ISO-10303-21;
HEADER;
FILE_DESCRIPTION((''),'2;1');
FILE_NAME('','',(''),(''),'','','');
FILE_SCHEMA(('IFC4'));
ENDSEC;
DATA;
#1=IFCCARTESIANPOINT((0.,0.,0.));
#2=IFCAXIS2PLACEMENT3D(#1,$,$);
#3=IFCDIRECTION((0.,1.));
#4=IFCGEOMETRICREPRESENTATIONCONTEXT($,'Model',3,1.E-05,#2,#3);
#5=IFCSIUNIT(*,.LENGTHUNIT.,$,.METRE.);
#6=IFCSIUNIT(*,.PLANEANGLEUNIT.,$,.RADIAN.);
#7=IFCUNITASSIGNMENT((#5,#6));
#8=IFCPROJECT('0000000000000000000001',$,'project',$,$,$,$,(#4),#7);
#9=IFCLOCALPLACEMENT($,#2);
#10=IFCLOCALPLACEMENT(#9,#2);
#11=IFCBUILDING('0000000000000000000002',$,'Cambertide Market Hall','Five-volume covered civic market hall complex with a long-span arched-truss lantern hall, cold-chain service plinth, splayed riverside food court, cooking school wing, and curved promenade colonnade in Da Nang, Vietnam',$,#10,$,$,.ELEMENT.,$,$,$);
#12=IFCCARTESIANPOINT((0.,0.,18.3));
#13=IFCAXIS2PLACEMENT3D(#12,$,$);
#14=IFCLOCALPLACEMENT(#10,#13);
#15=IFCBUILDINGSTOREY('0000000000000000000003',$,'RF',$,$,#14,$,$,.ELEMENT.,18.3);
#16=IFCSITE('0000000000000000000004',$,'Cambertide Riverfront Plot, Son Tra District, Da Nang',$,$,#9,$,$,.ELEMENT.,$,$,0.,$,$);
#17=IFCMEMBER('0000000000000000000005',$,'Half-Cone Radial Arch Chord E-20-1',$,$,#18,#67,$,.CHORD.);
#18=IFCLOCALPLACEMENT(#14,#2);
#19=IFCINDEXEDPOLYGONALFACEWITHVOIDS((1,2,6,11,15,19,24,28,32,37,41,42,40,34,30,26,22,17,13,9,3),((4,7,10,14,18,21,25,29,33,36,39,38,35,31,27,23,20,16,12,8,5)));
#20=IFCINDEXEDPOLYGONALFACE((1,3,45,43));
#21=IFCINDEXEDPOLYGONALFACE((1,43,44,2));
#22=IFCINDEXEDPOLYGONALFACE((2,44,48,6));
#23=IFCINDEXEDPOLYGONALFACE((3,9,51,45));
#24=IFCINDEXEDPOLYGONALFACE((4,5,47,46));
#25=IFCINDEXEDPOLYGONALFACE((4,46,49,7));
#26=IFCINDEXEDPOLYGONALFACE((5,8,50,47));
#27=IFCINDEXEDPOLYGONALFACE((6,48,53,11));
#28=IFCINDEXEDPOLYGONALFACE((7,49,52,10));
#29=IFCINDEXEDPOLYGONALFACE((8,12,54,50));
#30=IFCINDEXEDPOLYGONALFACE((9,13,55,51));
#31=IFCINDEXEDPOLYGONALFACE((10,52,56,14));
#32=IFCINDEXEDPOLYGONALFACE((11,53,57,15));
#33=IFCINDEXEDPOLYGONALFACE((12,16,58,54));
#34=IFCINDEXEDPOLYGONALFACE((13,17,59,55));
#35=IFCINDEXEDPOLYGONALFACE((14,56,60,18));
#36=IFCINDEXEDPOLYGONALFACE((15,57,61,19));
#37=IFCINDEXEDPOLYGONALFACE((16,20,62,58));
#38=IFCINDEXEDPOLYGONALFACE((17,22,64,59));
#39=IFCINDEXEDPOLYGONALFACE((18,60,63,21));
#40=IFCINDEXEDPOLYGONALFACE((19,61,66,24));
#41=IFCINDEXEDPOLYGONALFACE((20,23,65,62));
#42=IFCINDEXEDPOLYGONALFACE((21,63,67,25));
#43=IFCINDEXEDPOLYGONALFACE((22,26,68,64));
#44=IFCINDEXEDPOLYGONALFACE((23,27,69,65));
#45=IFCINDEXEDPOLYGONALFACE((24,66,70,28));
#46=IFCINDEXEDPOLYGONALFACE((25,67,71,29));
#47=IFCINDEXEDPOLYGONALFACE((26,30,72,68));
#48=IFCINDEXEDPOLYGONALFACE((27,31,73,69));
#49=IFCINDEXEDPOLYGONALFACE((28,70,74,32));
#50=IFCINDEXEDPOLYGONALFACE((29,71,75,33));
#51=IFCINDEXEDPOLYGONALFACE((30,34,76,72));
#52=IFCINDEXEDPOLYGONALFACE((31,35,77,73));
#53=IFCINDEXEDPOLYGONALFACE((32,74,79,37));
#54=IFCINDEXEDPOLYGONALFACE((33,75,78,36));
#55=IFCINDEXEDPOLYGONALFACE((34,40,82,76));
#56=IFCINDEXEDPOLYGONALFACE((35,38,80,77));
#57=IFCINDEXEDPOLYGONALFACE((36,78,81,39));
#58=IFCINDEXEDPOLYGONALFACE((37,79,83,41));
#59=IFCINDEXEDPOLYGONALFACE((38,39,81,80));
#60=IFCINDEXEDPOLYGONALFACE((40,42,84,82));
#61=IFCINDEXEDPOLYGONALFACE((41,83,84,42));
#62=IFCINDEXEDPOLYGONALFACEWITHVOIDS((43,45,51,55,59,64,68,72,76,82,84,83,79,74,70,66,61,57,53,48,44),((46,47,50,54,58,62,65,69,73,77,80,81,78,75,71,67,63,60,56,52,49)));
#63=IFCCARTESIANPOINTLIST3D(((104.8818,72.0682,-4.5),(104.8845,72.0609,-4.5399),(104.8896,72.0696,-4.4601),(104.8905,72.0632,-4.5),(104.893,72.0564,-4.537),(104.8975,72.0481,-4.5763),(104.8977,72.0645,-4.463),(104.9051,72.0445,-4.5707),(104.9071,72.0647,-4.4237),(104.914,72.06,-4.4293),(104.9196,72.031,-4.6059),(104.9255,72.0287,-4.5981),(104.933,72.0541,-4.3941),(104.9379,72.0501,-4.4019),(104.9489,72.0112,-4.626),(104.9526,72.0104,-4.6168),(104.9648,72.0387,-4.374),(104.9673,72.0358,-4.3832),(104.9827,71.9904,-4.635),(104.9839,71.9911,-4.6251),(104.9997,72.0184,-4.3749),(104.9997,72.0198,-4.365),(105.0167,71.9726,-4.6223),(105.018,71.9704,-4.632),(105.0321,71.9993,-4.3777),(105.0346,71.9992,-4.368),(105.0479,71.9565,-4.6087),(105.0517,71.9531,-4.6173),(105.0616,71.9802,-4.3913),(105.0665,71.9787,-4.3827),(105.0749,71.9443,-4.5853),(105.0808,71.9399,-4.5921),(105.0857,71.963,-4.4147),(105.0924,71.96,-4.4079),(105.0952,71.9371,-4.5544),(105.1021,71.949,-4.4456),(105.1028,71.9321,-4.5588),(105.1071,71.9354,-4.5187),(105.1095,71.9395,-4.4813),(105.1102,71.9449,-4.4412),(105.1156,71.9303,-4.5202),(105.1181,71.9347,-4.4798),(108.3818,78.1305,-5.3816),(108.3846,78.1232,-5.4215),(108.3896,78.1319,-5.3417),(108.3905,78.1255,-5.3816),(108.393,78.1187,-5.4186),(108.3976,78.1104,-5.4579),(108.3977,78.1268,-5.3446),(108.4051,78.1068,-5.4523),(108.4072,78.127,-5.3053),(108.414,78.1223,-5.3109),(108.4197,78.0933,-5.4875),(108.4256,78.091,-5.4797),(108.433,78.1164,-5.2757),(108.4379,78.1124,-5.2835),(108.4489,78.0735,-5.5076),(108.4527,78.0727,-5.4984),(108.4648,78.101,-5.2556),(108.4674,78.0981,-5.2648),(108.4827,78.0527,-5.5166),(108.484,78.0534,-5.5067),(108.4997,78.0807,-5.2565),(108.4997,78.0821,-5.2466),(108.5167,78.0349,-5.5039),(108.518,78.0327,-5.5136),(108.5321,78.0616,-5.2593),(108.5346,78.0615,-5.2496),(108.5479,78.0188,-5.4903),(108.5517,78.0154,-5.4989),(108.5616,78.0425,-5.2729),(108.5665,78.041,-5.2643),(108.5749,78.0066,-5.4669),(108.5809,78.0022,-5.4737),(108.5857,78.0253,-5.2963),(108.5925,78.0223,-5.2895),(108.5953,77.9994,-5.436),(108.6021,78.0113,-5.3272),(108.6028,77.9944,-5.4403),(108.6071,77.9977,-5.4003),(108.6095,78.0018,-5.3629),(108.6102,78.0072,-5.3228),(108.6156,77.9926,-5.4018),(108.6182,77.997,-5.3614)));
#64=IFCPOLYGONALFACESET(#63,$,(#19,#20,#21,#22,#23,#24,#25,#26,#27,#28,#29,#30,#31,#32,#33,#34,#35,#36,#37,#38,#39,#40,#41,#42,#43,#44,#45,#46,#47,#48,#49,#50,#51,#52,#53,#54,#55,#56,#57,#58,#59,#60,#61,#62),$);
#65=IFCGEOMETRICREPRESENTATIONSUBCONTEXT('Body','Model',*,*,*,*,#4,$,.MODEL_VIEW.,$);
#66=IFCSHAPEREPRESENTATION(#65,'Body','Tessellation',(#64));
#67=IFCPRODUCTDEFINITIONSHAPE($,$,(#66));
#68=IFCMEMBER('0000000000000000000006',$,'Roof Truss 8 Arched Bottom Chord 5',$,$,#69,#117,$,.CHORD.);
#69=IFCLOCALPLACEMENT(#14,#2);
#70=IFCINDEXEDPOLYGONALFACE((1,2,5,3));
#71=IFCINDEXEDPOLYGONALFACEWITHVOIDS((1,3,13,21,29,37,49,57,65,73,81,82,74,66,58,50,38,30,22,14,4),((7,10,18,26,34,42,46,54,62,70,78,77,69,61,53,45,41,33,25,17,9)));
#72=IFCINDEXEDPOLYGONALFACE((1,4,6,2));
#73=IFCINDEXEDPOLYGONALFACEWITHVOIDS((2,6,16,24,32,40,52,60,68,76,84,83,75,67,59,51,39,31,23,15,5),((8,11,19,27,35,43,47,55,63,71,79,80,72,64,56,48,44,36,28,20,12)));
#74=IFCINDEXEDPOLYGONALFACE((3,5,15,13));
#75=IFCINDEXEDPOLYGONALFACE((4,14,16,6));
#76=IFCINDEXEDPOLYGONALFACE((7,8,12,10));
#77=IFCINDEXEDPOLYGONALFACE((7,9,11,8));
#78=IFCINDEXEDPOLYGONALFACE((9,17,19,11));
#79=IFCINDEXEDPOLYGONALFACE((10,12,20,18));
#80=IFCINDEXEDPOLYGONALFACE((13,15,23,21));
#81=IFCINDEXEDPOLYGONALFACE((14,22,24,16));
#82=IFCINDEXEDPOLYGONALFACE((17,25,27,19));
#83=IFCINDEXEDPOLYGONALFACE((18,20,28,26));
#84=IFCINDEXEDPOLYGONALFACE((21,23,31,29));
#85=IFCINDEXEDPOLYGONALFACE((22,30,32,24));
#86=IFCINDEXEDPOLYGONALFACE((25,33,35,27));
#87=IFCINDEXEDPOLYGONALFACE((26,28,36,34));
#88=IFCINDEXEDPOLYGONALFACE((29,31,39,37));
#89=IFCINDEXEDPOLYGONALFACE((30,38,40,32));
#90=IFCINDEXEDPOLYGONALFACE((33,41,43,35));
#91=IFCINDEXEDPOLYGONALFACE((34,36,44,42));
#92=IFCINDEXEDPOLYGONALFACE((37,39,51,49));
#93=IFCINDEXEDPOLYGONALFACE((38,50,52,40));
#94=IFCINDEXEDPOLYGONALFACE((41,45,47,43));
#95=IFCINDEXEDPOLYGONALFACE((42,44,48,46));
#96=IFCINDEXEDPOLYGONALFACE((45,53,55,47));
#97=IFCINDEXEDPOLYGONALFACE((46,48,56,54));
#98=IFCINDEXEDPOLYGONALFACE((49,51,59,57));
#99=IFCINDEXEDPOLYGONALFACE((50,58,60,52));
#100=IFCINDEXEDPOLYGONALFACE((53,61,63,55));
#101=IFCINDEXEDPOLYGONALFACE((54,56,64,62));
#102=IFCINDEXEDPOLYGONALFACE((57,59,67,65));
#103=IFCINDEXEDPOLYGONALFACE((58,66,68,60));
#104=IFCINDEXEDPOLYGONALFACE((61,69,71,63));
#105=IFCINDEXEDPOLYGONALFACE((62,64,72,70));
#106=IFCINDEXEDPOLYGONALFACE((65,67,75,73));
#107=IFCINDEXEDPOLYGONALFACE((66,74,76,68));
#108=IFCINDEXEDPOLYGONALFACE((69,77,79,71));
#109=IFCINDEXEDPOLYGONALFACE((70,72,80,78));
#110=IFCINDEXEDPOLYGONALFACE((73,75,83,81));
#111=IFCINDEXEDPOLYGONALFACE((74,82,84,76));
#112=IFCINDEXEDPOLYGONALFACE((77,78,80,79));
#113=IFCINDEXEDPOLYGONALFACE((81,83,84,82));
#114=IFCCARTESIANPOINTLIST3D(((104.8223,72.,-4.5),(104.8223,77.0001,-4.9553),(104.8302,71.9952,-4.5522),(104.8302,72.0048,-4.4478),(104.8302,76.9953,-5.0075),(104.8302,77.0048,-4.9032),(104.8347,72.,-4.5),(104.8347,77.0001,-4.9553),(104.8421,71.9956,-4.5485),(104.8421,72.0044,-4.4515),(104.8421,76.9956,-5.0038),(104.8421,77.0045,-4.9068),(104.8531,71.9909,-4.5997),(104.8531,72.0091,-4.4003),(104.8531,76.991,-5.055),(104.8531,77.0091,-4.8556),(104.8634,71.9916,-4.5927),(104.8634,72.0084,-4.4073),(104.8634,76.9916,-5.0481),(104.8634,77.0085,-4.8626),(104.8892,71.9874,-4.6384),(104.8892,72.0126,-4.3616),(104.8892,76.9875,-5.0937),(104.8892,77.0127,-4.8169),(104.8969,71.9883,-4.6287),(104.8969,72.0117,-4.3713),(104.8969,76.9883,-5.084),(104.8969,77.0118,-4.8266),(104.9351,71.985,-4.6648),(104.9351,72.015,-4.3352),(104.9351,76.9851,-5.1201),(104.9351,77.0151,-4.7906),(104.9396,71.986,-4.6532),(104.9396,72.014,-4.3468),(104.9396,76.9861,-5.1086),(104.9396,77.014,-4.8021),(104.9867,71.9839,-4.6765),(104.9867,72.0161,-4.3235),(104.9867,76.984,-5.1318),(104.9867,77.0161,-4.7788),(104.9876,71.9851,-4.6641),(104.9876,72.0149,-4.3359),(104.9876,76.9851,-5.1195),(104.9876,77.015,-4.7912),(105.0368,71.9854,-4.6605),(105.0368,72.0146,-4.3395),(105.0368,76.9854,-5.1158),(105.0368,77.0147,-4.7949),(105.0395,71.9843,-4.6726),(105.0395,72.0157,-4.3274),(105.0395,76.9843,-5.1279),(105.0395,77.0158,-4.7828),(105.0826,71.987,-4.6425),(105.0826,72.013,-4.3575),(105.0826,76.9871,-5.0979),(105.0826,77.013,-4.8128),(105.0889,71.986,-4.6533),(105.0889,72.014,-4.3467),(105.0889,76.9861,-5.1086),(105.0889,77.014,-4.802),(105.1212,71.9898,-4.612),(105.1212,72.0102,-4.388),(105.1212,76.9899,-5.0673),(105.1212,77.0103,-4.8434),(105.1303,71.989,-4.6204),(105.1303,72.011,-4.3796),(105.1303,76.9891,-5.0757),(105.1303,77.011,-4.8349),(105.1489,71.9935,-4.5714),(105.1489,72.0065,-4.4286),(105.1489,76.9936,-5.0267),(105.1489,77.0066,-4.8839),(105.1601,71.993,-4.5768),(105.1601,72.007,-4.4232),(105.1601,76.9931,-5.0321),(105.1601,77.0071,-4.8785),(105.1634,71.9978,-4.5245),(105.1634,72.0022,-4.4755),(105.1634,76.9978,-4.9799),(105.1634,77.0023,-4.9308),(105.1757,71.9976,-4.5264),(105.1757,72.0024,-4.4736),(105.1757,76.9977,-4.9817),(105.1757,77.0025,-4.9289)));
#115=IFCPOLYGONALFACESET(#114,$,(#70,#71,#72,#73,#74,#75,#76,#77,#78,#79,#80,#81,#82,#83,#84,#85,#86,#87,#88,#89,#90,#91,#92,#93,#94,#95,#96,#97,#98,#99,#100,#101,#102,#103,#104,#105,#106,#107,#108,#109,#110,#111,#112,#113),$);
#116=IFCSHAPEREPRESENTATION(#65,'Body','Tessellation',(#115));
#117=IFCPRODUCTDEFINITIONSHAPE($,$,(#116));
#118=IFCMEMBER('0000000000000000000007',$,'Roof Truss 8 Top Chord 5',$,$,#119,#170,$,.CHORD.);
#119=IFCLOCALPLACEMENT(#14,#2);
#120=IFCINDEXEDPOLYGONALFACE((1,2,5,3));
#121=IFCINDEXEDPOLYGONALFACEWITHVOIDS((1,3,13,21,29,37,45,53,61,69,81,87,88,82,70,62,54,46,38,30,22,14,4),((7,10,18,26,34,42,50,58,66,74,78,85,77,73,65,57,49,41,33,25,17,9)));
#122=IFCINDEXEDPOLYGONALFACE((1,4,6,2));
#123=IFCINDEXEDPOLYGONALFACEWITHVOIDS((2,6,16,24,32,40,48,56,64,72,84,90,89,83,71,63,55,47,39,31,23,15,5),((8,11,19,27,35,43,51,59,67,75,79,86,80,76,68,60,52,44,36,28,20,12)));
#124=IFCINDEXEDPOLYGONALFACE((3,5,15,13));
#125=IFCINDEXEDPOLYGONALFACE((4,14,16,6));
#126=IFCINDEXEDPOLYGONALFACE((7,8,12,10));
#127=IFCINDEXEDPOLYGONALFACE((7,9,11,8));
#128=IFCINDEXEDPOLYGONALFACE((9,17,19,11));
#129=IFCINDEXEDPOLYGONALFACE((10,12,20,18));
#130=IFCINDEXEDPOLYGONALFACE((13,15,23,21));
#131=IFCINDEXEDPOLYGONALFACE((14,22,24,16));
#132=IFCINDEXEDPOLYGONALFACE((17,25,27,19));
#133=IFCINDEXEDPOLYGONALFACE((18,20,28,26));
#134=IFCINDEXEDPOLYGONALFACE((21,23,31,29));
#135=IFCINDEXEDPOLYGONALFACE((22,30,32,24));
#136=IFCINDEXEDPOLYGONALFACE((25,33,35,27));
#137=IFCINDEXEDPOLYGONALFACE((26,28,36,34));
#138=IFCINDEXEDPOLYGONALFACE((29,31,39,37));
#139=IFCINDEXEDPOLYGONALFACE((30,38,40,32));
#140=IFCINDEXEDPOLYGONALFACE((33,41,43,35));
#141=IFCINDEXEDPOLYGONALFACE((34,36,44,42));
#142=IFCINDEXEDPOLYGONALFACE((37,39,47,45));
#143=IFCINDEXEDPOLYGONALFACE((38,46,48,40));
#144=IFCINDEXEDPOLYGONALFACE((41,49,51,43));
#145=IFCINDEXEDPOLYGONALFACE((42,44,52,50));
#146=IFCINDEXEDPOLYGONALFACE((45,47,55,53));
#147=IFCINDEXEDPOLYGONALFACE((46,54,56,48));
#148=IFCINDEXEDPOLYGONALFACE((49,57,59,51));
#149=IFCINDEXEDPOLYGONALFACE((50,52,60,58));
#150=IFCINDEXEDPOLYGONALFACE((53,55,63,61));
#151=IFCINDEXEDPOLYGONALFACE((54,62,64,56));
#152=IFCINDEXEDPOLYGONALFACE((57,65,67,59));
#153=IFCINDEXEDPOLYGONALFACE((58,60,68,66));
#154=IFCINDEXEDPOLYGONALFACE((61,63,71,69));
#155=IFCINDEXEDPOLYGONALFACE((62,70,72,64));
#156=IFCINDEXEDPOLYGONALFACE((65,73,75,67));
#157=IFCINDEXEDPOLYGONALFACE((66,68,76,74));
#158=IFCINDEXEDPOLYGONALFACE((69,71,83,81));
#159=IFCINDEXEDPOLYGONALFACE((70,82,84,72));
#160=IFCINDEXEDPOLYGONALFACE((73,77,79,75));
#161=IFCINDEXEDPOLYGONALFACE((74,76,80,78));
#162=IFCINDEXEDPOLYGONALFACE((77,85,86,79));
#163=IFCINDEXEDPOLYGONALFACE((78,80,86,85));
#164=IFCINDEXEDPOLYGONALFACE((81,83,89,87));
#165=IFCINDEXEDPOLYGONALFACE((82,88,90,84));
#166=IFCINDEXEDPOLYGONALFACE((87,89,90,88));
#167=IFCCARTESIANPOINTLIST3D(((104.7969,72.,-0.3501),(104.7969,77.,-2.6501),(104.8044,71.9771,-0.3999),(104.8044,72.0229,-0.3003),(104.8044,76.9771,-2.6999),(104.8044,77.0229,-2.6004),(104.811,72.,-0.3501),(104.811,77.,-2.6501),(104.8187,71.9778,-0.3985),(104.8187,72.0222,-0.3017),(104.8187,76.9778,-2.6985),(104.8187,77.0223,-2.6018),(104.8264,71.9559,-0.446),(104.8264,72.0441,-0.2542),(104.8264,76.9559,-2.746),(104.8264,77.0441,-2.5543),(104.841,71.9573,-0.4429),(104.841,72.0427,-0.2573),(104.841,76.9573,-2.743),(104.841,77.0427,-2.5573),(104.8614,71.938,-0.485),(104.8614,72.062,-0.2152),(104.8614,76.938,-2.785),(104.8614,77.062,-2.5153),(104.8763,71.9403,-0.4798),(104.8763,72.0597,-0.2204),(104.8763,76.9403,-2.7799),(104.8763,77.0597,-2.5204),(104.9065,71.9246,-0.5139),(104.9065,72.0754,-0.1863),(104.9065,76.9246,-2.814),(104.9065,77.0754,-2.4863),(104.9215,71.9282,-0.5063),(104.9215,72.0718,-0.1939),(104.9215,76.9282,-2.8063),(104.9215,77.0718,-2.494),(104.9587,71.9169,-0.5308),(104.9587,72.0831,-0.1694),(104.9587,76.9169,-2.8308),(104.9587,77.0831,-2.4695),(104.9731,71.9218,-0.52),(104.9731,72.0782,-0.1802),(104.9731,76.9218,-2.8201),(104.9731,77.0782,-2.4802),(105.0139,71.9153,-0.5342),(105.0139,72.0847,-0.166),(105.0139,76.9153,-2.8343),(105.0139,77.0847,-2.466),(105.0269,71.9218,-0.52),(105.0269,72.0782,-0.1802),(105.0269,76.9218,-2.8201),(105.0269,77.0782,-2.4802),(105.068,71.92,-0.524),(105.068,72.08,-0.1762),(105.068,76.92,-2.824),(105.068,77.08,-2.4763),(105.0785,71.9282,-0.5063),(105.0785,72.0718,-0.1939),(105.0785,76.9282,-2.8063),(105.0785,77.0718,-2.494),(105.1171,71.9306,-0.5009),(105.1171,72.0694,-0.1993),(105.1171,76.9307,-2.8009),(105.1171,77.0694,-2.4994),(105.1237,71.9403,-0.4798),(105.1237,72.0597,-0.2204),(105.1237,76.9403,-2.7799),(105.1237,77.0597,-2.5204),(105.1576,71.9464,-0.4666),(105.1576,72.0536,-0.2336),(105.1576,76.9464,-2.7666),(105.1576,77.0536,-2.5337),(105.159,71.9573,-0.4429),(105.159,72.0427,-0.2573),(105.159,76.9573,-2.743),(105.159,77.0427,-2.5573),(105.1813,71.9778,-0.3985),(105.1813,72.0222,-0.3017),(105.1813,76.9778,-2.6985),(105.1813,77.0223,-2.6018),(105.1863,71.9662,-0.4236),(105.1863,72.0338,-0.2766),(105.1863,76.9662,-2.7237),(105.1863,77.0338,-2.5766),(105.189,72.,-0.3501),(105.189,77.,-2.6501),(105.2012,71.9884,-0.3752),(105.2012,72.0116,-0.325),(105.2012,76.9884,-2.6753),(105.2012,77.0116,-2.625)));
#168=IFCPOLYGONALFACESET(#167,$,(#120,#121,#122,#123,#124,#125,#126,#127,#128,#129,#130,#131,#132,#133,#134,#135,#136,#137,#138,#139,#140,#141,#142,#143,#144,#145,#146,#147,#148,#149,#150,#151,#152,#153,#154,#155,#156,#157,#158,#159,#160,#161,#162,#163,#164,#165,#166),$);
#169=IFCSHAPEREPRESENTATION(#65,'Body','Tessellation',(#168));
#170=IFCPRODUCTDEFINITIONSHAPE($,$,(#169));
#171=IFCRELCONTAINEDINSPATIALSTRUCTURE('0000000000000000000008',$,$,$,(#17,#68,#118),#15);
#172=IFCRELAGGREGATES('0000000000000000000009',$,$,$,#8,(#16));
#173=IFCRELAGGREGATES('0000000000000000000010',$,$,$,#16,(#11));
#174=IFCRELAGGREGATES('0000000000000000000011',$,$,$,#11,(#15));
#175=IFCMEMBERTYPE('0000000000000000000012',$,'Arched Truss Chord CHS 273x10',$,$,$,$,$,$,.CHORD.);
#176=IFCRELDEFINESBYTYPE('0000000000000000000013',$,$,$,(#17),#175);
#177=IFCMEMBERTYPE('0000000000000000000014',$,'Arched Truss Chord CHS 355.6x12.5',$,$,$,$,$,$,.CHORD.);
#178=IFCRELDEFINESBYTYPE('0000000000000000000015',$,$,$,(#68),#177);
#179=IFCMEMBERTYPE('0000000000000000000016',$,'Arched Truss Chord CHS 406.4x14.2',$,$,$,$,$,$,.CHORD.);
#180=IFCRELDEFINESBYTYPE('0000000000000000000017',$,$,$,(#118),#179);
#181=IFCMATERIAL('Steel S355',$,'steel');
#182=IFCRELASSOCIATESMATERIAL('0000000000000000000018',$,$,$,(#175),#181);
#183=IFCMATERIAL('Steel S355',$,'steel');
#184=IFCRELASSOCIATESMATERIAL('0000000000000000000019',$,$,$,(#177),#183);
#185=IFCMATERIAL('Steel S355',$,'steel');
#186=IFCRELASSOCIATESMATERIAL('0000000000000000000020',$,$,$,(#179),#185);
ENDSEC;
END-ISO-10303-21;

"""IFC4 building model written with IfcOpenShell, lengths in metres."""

from ifc_helpers import new_model, si_unit, direction, frame, origin, origin_2d, place, context, subcontext, project, spatial, hollow_circle, extrude, material, material_profile, profile_set, type_object, element, save


model = new_model("IFC4")

# Units and contexts
model_context = context("Model", 3, precision=1e-05, world=origin(), true_north=direction((0.0, 1.0)))
body_context = subcontext(model_context, "Body", "Model", "MODEL_VIEW")
ifc_project = project(units=[si_unit("LENGTHUNIT", "METRE"), si_unit("PLANEANGLEUNIT", "RADIAN")], contexts=[model_context])

# Site, building, storey
site_placement = place(None, origin())
site = spatial("IfcSite", under=ifc_project, at=site_placement, Name="Cambertide Riverfront Plot, Son Tra District, Da Nang", CompositionType="ELEMENT", RefElevation=0.0)
building_placement = place(site_placement, origin())
building = spatial("IfcBuilding", under=site, at=building_placement, Name="Cambertide Market Hall", Description="Five-volume covered civic market hall complex with a long-span arched-truss lantern hall, cold-chain service plinth, splayed riverside food court, cooking school wing, and curved promenade colonnade in Da Nang, Vietnam", CompositionType="ELEMENT")
storey_placement = place(building_placement, frame((0.0, 0.0, 18.3)))
storey = spatial("IfcBuildingStorey", under=building, at=storey_placement, Name="RF", CompositionType="ELEMENT", Elevation=18.3)

# Members
ifc_material_1 = material(Name="Steel S355", Category="steel")
ifc_material_profile_1 = material_profile(ifc_material_1, hollow_circle(Radius=0.1365, WallThickness=0.01, at=origin_2d()), Name="CHS 273x10")
ifc_profile_set_1 = profile_set([ifc_material_profile_1], Name="Steel S355")
member_type_1 = type_object("IfcMemberType", Name="Arched Truss Chord CHS 273x10", PredefinedType="CHORD", material=ifc_profile_set_1)
member_1_placement = place(storey_placement, frame((105.0, 72.0, -4.5), z_axis=(0.496077, 0.859241, -0.124953), x_axis=(-0.866028, 0.499995, 0.0)))
element("IfcMember", 1, at=member_1_placement, inside=storey, type_object=member_type_1, Name="Half-Cone Radial Arch Chord E-20-1", PredefinedType="CHORD", context=body_context, shape_type="SweptSolid", body=[
    extrude(hollow_circle(Radius=0.1365, WallThickness=0.01, at=origin_2d()), origin(), (0.0, 0.0, 1.0), 7.0554),
])
ifc_material_2 = material(Name="Steel S355", Category="steel")
ifc_material_profile_2 = material_profile(ifc_material_2, hollow_circle(Radius=0.1777, WallThickness=0.0125, at=origin_2d()), Name="CHS 355.6x12.5")
ifc_profile_set_2 = profile_set([ifc_material_profile_2], Name="Steel S355")
member_type_2 = type_object("IfcMemberType", Name="Arched Truss Chord CHS 355.6x12.5", PredefinedType="CHORD", material=ifc_profile_set_2)
member_2_placement = place(storey_placement, frame((105.0, 72.0, -4.5), z_axis=(0.0, 0.995879, -0.090689), x_axis=(-1.0, 0.0, 0.0)))
element("IfcMember", 2, at=member_2_placement, inside=storey, type_object=member_type_2, Name="Roof Truss 8 Arched Bottom Chord 5", PredefinedType="CHORD", context=body_context, shape_type="SweptSolid", body=[
    extrude(hollow_circle(Radius=0.1777, WallThickness=0.0125, at=origin_2d()), origin(), (0.0, 0.0, 1.0), 5.0208),
])
ifc_material_3 = material(Name="Steel S355", Category="steel")
ifc_material_profile_3 = material_profile(ifc_material_3, hollow_circle(Radius=0.2031, WallThickness=0.0142, at=origin_2d()), Name="CHS 406.4x14.2")
ifc_profile_set_3 = profile_set([ifc_material_profile_3], Name="Steel S355")
member_type_3 = type_object("IfcMemberType", Name="Arched Truss Chord CHS 406.4x14.2", PredefinedType="CHORD", material=ifc_profile_set_3)
member_3_placement = place(storey_placement, frame((105.0, 72.0, -0.3501), z_axis=(0.0, 0.908487, -0.417913), x_axis=(-1.0, 0.0, 0.0)))
element("IfcMember", 3, at=member_3_placement, inside=storey, type_object=member_type_3, Name="Roof Truss 8 Top Chord 5", PredefinedType="CHORD", context=body_context, shape_type="SweptSolid", body=[
    extrude(hollow_circle(Radius=0.2031, WallThickness=0.0142, at=origin_2d()), origin(), (0.0, 0.0, 1.0), 5.5037),
])

save(model, "model.ifc")
